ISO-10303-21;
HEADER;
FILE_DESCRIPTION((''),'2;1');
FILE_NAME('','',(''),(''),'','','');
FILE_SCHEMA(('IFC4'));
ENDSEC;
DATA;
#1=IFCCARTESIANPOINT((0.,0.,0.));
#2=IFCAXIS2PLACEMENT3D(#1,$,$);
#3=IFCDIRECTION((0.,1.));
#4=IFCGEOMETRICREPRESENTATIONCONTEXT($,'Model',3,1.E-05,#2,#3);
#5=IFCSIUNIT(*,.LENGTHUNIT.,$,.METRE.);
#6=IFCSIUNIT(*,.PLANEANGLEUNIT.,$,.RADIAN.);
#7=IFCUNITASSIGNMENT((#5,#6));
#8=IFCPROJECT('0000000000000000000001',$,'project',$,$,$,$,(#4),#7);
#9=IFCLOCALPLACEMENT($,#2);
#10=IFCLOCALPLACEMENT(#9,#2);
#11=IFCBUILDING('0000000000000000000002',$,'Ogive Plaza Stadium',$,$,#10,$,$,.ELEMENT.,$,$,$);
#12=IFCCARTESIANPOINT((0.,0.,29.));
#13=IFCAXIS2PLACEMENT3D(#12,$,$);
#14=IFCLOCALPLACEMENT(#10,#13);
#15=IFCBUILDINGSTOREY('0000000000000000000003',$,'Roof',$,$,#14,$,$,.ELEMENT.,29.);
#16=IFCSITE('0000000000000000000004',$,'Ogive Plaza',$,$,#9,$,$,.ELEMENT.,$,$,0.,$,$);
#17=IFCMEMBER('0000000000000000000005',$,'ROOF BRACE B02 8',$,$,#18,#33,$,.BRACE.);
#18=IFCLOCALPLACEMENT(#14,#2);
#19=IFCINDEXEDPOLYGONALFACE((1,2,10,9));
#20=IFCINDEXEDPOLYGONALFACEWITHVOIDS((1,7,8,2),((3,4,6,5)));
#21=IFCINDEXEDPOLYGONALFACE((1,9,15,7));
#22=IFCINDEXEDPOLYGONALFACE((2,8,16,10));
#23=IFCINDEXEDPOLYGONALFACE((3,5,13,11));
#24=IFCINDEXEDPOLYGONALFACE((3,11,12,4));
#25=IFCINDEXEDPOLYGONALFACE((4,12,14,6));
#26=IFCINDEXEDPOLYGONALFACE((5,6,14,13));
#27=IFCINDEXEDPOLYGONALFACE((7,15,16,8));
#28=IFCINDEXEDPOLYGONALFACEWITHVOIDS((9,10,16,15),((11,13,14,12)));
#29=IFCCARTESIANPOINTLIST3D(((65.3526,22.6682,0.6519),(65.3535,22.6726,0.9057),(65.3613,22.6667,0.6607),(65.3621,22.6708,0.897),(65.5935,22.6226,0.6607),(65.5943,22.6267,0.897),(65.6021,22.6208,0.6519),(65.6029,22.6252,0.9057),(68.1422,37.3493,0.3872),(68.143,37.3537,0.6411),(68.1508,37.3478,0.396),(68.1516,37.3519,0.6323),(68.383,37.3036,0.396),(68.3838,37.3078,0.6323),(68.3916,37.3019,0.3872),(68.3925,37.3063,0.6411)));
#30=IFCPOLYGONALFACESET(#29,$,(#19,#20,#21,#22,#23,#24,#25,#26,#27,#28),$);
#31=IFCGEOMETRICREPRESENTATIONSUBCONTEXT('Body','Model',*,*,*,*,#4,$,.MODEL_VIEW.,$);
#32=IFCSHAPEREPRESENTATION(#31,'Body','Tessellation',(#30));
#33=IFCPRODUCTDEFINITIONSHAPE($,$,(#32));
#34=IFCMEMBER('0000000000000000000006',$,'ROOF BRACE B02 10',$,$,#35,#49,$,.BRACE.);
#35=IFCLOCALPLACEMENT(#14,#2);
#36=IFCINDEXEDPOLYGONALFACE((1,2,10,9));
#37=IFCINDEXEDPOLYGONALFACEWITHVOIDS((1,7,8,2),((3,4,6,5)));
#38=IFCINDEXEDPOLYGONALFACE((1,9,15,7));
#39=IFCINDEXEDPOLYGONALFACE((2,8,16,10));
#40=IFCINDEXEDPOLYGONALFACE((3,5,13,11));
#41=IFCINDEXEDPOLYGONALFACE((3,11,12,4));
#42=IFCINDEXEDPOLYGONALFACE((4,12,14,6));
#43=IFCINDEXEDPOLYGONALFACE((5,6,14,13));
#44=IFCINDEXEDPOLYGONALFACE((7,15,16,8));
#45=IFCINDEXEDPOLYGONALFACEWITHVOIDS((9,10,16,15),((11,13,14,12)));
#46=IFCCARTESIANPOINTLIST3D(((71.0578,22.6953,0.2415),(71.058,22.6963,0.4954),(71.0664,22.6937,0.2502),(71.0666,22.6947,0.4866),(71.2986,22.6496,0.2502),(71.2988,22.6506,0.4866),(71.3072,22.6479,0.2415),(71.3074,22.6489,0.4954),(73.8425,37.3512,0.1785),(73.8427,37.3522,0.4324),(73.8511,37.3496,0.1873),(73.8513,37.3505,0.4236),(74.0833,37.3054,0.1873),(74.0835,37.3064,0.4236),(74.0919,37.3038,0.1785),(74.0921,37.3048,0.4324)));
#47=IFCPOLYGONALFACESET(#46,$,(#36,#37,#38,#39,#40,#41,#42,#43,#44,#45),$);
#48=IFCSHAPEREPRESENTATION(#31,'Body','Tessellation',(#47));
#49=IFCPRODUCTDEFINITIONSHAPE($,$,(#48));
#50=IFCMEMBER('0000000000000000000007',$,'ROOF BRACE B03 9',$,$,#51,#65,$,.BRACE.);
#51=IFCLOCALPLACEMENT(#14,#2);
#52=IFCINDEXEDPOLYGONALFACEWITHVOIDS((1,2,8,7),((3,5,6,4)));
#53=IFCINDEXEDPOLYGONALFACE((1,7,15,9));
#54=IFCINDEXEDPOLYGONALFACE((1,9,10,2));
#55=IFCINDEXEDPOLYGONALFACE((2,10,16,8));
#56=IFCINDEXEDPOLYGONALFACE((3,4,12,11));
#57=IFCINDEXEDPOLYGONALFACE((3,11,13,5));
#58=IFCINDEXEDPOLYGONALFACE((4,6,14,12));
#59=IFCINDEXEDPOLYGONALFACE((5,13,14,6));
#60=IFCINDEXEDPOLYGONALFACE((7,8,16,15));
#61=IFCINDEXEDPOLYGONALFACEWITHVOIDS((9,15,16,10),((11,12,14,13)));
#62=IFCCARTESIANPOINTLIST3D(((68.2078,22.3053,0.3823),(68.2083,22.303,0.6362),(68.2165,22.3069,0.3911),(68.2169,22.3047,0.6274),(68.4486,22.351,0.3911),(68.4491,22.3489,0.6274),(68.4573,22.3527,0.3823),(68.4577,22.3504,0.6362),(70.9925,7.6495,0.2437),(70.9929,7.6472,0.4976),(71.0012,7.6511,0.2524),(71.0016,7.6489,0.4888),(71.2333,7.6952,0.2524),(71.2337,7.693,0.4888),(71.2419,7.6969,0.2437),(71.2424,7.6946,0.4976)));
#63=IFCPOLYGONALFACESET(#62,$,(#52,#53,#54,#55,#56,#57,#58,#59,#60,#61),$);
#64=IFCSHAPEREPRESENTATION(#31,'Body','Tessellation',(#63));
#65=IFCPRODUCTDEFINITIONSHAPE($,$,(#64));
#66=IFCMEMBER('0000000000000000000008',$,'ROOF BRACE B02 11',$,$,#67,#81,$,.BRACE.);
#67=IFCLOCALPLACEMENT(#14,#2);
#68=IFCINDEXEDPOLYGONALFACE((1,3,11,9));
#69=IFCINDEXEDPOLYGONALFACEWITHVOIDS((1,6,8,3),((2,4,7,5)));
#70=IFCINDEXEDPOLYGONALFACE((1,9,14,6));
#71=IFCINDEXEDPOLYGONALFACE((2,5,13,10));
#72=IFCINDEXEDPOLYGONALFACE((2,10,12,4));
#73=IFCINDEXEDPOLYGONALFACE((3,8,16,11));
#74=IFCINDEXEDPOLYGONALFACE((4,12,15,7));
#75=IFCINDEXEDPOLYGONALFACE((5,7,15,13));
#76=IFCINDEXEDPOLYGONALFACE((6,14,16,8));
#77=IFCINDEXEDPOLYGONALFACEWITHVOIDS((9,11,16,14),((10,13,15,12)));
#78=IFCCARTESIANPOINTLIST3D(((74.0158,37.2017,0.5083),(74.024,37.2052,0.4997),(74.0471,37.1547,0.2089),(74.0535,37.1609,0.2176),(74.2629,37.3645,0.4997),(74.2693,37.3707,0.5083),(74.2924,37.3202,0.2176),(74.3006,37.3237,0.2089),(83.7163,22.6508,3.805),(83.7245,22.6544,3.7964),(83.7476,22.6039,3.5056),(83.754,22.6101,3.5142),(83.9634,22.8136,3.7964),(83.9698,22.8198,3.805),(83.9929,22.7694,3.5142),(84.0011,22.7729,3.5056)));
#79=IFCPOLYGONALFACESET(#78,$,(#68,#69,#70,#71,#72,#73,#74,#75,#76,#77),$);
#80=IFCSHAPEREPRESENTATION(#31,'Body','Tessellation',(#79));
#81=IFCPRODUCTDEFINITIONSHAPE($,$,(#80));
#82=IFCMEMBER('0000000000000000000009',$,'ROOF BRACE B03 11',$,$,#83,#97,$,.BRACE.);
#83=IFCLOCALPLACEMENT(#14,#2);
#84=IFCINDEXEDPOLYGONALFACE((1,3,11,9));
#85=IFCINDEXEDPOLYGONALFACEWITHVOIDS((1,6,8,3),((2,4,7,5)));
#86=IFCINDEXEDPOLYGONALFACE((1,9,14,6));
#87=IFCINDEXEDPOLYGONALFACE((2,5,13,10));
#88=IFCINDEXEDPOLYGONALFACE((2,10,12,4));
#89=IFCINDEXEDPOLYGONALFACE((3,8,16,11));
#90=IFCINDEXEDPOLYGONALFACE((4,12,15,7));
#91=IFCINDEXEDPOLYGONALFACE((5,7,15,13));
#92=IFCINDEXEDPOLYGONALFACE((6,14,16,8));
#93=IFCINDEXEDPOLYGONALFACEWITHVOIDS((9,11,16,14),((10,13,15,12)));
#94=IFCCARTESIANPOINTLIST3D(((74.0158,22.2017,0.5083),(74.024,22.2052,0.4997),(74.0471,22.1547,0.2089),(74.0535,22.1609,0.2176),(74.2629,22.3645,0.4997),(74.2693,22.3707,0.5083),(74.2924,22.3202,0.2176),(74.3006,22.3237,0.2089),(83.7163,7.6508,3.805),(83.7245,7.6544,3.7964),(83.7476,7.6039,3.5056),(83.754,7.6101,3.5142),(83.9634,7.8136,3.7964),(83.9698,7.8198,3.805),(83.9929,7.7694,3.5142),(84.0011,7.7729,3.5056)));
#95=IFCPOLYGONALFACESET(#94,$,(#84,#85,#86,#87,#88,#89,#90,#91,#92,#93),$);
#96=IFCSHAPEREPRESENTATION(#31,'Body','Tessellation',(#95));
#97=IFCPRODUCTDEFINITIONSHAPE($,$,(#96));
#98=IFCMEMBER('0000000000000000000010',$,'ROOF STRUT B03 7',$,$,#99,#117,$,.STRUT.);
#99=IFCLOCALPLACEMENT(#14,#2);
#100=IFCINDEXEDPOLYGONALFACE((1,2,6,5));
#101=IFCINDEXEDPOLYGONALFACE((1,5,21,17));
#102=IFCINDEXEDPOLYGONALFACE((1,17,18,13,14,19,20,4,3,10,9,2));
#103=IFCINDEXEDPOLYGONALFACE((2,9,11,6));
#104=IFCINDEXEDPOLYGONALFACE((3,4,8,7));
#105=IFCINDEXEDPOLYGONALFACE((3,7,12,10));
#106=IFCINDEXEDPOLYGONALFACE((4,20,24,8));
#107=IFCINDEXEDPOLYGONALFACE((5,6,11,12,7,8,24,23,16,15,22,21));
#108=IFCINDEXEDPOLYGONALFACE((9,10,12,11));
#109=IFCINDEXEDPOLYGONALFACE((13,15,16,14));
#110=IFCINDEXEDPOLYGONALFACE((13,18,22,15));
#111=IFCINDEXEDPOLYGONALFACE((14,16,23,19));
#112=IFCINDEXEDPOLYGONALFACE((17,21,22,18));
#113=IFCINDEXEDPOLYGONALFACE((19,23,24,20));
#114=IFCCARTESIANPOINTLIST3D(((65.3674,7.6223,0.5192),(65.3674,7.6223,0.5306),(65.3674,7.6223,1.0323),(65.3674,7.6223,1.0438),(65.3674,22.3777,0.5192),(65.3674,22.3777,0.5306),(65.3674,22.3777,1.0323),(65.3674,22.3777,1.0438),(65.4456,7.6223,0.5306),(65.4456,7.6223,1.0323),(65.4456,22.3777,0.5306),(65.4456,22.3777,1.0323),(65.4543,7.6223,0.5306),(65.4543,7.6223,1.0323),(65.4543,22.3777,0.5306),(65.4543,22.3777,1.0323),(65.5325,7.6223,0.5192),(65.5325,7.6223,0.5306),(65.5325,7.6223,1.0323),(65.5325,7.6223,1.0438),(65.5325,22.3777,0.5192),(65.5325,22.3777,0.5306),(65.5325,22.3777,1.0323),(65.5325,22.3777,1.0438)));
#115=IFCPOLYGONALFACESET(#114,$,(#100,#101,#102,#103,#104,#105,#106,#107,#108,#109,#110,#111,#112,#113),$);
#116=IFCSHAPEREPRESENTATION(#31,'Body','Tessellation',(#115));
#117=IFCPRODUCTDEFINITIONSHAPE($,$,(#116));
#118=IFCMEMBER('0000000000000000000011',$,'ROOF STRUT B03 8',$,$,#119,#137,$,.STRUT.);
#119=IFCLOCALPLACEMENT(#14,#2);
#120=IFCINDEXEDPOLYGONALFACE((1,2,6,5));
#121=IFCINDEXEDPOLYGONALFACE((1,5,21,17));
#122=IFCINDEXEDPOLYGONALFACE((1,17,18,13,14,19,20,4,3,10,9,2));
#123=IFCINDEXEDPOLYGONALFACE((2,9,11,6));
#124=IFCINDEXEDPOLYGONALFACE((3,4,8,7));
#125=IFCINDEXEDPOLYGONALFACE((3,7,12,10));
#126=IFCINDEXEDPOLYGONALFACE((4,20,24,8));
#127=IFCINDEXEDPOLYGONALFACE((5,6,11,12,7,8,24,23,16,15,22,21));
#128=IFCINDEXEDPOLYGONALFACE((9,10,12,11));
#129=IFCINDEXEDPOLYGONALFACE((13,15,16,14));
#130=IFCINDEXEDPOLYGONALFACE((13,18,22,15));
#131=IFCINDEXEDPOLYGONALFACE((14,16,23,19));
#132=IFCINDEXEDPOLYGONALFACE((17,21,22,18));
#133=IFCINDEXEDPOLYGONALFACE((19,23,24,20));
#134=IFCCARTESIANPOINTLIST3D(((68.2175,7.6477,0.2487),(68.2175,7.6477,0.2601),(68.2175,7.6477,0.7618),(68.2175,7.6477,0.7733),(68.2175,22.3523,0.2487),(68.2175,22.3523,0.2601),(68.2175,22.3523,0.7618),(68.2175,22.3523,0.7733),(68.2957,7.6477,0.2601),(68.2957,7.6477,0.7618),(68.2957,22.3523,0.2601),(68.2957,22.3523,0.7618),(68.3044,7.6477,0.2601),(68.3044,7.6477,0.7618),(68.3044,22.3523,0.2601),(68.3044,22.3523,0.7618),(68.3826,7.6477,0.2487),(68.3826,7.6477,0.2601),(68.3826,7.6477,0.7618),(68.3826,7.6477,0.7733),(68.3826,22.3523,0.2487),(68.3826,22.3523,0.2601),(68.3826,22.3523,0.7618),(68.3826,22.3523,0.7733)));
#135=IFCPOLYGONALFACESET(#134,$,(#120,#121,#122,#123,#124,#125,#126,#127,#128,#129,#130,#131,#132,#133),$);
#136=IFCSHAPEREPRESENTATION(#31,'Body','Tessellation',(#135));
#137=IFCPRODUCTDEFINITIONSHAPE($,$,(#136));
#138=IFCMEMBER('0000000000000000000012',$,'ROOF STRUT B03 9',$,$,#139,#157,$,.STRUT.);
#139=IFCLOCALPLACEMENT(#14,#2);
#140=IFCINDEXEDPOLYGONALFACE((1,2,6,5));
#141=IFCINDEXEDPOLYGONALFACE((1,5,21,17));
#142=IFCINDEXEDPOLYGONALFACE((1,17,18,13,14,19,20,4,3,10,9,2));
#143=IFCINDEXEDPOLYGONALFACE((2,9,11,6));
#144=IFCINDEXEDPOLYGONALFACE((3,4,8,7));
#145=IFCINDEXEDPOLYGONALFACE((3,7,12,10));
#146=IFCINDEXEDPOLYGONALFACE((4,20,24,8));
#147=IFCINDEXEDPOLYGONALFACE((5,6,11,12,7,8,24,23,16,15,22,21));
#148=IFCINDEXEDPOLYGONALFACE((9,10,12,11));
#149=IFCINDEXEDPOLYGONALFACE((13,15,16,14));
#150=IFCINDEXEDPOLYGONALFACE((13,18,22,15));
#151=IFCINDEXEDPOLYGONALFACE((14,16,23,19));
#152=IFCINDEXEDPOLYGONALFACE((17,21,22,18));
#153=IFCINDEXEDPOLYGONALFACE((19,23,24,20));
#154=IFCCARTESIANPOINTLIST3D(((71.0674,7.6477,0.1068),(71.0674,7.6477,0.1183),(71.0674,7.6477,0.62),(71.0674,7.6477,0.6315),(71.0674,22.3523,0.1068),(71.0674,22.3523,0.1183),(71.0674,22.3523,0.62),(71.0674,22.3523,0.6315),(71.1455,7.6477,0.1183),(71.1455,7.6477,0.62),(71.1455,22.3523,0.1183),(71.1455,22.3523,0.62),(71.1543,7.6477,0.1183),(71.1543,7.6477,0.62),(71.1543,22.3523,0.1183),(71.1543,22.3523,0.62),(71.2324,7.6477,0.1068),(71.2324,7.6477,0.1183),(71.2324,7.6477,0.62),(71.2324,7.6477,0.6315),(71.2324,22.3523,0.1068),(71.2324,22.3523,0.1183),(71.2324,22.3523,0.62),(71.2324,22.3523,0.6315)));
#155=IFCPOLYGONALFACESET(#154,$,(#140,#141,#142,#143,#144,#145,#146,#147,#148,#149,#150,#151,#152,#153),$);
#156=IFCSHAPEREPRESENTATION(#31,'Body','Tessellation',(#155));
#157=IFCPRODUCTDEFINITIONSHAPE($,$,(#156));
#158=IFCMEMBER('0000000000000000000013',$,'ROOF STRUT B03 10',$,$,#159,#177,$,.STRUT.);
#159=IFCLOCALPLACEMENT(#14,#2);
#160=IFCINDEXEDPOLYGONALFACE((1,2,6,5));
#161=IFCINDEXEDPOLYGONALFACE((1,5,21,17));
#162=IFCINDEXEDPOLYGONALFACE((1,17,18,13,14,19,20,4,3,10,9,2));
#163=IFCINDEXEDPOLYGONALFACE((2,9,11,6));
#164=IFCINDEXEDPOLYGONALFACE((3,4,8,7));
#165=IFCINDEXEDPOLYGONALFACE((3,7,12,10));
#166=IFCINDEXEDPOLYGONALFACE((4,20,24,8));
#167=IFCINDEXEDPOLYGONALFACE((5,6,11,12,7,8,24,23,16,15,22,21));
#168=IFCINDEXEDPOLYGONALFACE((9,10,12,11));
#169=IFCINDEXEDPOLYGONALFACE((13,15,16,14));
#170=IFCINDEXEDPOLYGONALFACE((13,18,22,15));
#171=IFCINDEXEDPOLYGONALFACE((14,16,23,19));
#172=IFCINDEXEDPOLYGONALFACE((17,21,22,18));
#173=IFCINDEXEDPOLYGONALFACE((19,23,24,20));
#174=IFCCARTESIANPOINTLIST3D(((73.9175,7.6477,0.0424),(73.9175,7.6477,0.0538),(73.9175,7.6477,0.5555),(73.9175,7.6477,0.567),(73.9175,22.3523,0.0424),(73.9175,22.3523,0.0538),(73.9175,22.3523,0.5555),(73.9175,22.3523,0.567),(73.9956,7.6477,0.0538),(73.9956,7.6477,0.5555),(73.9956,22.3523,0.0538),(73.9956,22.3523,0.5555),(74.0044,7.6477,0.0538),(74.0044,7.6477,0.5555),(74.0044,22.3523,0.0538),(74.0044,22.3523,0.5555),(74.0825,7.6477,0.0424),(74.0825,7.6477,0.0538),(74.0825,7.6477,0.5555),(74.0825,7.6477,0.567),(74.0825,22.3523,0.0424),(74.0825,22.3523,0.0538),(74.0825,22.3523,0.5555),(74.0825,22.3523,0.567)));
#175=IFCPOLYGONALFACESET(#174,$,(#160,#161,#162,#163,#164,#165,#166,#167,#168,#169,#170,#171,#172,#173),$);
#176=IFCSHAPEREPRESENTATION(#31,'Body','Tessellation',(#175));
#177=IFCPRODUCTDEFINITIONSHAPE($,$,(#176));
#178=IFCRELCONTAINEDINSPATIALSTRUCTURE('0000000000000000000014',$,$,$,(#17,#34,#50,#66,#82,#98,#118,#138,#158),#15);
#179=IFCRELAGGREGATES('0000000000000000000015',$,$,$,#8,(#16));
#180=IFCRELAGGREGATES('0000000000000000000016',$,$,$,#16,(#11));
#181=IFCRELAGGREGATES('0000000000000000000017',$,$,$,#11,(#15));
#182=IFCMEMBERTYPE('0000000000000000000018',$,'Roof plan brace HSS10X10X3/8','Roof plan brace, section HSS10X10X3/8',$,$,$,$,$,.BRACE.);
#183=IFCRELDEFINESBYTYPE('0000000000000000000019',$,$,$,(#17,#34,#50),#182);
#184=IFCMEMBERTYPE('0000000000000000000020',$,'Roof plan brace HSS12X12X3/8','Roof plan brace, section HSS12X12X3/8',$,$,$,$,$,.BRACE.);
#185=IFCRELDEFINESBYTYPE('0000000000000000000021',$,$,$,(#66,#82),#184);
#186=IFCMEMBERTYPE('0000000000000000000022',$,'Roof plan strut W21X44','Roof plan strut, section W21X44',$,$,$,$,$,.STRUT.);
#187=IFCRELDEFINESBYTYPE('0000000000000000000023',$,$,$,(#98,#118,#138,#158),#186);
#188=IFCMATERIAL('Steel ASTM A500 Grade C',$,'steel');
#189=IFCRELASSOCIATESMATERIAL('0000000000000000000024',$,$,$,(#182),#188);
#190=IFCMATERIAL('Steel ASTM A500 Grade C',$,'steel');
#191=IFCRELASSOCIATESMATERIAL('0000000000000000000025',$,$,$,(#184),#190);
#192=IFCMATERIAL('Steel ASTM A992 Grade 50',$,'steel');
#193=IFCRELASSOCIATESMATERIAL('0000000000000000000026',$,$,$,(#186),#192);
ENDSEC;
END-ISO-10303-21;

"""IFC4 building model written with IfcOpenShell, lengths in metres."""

from ifc_helpers import new_model, si_unit, direction, frame, origin, origin_2d, place, context, subcontext, project, spatial, hollow_rectangle, i_section, extrude, material, material_profile, profile_set, type_object, element, save


model = new_model("IFC4")

# Units and contexts
model_context = context("Model", 3, precision=1e-05, world=origin(), true_north=direction((0.0, 1.0)))
body_context = subcontext(model_context, "Body", "Model", "MODEL_VIEW")
ifc_project = project(units=[si_unit("LENGTHUNIT", "METRE"), si_unit("PLANEANGLEUNIT", "RADIAN")], contexts=[model_context])

# Site, building, storey
site_placement = place(None, origin())
site = spatial("IfcSite", under=ifc_project, at=site_placement, Name="Ogive Plaza", CompositionType="ELEMENT", RefElevation=0.0)
building_placement = place(site_placement, origin())
building = spatial("IfcBuilding", under=site, at=building_placement, Name="Ogive Plaza Stadium", CompositionType="ELEMENT")
storey_placement = place(building_placement, frame((0.0, 0.0, 29.0)))
storey = spatial("IfcBuildingStorey", under=building, at=storey_placement, Name="Roof", CompositionType="ELEMENT", Elevation=29.0)

# Members
ifc_material_1 = material(Name="Steel ASTM A500 Grade C", Category="steel")
ifc_material_profile_1 = material_profile(ifc_material_1, hollow_rectangle(XDim=0.2539, YDim=0.2539, WallThickness=0.0088, at=origin_2d()), Name="HSS10X10X3/8")
ifc_profile_set_1 = profile_set([ifc_material_profile_1], Name="Steel ASTM A500 Grade C")
member_type_1 = type_object("IfcMemberType", Name="Roof plan brace HSS10X10X3/8", Description="Roof plan brace, section HSS10X10X3/8", PredefinedType="BRACE", material=ifc_profile_set_1)
member_1_placement = place(storey_placement, frame((65.4778, 22.6467, 0.7788), z_axis=(0.18664, 0.982269, -0.017707), x_axis=(-0.982423, 0.186669, 0.0)))
element("IfcMember", 1, at=member_1_placement, inside=storey, type_object=member_type_1, Name="ROOF BRACE B02 8", PredefinedType="BRACE", context=body_context, shape_type="SweptSolid", body=[
    extrude(hollow_rectangle(XDim=0.2539, YDim=0.2539, WallThickness=0.0088, at=origin_2d()), origin(), (0.0, 0.0, 1.0), 14.946),
])
member_2_placement = place(storey_placement, frame((71.1826, 22.6721, 0.3684), z_axis=(0.186664, 0.982415, -0.004222), x_axis=(-0.982424, 0.186665, 0.0)))
element("IfcMember", 2, at=member_2_placement, inside=storey, type_object=member_type_1, Name="ROOF BRACE B02 10", PredefinedType="BRACE", context=body_context, shape_type="SweptSolid", body=[
    extrude(hollow_rectangle(XDim=0.2539, YDim=0.2539, WallThickness=0.0088, at=origin_2d()), origin(), (0.0, 0.0, 1.0), 14.9182),
])
member_3_placement = place(storey_placement, frame((68.3328, 22.3279, 0.5093), z_axis=(0.186657, -0.982381, -0.009295), x_axis=(0.982424, 0.186665, 0.0)))
element("IfcMember", 3, at=member_3_placement, inside=storey, type_object=member_type_1, Name="ROOF BRACE B03 9", PredefinedType="BRACE", context=body_context, shape_type="SweptSolid", body=[
    extrude(hollow_rectangle(XDim=0.2539, YDim=0.2539, WallThickness=0.0088, at=origin_2d()), origin(), (0.0, 0.0, 1.0), 14.9187),
])
ifc_material_2 = material(Name="Steel ASTM A500 Grade C", Category="steel")
ifc_material_profile_2 = material_profile(ifc_material_2, hollow_rectangle(XDim=0.3047, YDim=0.3047, WallThickness=0.0088, at=origin_2d()), Name="HSS12X12X3/8")
ifc_profile_set_2 = profile_set([ifc_material_profile_2], Name="Steel ASTM A500 Grade C")
member_type_2 = type_object("IfcMemberType", Name="Roof plan brace HSS12X12X3/8", Description="Roof plan brace, section HSS12X12X3/8", PredefinedType="BRACE", material=ifc_profile_set_2)
for number, where, z_axis, x_axis, name in (
    (4, (74.1582, 37.2627, 0.3586), (0.545096, -0.817651, 0.185247), (0.832052, 0.554697, 0.0), "ROOF BRACE B02 11"),
    (5, (74.1582, 22.2627, 0.3586), (0.545096, -0.817651, 0.185247), (0.832052, 0.554697, 0.0), "ROOF BRACE B03 11"),
):
    element("IfcMember", number, at=place(storey_placement, frame(where, z_axis=z_axis, x_axis=x_axis)), inside=storey, type_object=member_type_2, Name=name, PredefinedType="BRACE", context=body_context, shape_type="SweptSolid", body=[
        extrude(hollow_rectangle(XDim=0.3047, YDim=0.3047, WallThickness=0.0088, at=origin_2d()), origin(), (0.0, 0.0, 1.0), 17.7959),
    ])
ifc_material_3 = material(Name="Steel ASTM A992 Grade 50", Category="steel")
ifc_material_profile_3 = material_profile(ifc_material_3, i_section(OverallWidth=0.165, OverallDepth=0.5247, WebThickness=0.0088, FlangeThickness=0.0115, at=origin_2d()), Name="W21X44")
ifc_profile_set_3 = profile_set([ifc_material_profile_3], Name="Steel ASTM A992 Grade 50")
member_type_3 = type_object("IfcMemberType", Name="Roof plan strut W21X44", Description="Roof plan strut, section W21X44", PredefinedType="STRUT", material=ifc_profile_set_3)
member_4_placement = place(storey_placement, frame((65.45, 22.3777, 0.7815), z_axis=(0.0, -1.0, 0.0), x_axis=(1.0, 0.0, 0.0)))
element("IfcMember", 6, at=member_4_placement, inside=storey, type_object=member_type_3, Name="ROOF STRUT B03 7", PredefinedType="STRUT", context=body_context, shape_type="SweptSolid", body=[
    extrude(i_section(OverallWidth=0.165, OverallDepth=0.5247, WebThickness=0.0088, FlangeThickness=0.0115, at=origin_2d()), origin(), (0.0, 0.0, 1.0), 14.7554),
])
for number, where, z_axis, x_axis, name in (
    (7, (68.3, 22.3523, 0.511), (0.0, -1.0, 0.0), (1.0, 0.0, 0.0), "ROOF STRUT B03 8"),
    (8, (71.1499, 22.3523, 0.3691), (0.0, -1.0, 0.0), (1.0, 0.0, 0.0), "ROOF STRUT B03 9"),
    (9, (74.0, 22.3523, 0.3047), (0.0, -1.0, 0.0), (1.0, 0.0, 0.0), "ROOF STRUT B03 10"),
):
    element("IfcMember", number, at=place(storey_placement, frame(where, z_axis=z_axis, x_axis=x_axis)), inside=storey, type_object=member_type_3, Name=name, PredefinedType="STRUT", context=body_context, shape_type="SweptSolid", body=[
        extrude(i_section(OverallWidth=0.165, OverallDepth=0.5247, WebThickness=0.0088, FlangeThickness=0.0115, at=origin_2d()), origin(), (0.0, 0.0, 1.0), 14.7046),
    ])

save(model, "model.ifc")
